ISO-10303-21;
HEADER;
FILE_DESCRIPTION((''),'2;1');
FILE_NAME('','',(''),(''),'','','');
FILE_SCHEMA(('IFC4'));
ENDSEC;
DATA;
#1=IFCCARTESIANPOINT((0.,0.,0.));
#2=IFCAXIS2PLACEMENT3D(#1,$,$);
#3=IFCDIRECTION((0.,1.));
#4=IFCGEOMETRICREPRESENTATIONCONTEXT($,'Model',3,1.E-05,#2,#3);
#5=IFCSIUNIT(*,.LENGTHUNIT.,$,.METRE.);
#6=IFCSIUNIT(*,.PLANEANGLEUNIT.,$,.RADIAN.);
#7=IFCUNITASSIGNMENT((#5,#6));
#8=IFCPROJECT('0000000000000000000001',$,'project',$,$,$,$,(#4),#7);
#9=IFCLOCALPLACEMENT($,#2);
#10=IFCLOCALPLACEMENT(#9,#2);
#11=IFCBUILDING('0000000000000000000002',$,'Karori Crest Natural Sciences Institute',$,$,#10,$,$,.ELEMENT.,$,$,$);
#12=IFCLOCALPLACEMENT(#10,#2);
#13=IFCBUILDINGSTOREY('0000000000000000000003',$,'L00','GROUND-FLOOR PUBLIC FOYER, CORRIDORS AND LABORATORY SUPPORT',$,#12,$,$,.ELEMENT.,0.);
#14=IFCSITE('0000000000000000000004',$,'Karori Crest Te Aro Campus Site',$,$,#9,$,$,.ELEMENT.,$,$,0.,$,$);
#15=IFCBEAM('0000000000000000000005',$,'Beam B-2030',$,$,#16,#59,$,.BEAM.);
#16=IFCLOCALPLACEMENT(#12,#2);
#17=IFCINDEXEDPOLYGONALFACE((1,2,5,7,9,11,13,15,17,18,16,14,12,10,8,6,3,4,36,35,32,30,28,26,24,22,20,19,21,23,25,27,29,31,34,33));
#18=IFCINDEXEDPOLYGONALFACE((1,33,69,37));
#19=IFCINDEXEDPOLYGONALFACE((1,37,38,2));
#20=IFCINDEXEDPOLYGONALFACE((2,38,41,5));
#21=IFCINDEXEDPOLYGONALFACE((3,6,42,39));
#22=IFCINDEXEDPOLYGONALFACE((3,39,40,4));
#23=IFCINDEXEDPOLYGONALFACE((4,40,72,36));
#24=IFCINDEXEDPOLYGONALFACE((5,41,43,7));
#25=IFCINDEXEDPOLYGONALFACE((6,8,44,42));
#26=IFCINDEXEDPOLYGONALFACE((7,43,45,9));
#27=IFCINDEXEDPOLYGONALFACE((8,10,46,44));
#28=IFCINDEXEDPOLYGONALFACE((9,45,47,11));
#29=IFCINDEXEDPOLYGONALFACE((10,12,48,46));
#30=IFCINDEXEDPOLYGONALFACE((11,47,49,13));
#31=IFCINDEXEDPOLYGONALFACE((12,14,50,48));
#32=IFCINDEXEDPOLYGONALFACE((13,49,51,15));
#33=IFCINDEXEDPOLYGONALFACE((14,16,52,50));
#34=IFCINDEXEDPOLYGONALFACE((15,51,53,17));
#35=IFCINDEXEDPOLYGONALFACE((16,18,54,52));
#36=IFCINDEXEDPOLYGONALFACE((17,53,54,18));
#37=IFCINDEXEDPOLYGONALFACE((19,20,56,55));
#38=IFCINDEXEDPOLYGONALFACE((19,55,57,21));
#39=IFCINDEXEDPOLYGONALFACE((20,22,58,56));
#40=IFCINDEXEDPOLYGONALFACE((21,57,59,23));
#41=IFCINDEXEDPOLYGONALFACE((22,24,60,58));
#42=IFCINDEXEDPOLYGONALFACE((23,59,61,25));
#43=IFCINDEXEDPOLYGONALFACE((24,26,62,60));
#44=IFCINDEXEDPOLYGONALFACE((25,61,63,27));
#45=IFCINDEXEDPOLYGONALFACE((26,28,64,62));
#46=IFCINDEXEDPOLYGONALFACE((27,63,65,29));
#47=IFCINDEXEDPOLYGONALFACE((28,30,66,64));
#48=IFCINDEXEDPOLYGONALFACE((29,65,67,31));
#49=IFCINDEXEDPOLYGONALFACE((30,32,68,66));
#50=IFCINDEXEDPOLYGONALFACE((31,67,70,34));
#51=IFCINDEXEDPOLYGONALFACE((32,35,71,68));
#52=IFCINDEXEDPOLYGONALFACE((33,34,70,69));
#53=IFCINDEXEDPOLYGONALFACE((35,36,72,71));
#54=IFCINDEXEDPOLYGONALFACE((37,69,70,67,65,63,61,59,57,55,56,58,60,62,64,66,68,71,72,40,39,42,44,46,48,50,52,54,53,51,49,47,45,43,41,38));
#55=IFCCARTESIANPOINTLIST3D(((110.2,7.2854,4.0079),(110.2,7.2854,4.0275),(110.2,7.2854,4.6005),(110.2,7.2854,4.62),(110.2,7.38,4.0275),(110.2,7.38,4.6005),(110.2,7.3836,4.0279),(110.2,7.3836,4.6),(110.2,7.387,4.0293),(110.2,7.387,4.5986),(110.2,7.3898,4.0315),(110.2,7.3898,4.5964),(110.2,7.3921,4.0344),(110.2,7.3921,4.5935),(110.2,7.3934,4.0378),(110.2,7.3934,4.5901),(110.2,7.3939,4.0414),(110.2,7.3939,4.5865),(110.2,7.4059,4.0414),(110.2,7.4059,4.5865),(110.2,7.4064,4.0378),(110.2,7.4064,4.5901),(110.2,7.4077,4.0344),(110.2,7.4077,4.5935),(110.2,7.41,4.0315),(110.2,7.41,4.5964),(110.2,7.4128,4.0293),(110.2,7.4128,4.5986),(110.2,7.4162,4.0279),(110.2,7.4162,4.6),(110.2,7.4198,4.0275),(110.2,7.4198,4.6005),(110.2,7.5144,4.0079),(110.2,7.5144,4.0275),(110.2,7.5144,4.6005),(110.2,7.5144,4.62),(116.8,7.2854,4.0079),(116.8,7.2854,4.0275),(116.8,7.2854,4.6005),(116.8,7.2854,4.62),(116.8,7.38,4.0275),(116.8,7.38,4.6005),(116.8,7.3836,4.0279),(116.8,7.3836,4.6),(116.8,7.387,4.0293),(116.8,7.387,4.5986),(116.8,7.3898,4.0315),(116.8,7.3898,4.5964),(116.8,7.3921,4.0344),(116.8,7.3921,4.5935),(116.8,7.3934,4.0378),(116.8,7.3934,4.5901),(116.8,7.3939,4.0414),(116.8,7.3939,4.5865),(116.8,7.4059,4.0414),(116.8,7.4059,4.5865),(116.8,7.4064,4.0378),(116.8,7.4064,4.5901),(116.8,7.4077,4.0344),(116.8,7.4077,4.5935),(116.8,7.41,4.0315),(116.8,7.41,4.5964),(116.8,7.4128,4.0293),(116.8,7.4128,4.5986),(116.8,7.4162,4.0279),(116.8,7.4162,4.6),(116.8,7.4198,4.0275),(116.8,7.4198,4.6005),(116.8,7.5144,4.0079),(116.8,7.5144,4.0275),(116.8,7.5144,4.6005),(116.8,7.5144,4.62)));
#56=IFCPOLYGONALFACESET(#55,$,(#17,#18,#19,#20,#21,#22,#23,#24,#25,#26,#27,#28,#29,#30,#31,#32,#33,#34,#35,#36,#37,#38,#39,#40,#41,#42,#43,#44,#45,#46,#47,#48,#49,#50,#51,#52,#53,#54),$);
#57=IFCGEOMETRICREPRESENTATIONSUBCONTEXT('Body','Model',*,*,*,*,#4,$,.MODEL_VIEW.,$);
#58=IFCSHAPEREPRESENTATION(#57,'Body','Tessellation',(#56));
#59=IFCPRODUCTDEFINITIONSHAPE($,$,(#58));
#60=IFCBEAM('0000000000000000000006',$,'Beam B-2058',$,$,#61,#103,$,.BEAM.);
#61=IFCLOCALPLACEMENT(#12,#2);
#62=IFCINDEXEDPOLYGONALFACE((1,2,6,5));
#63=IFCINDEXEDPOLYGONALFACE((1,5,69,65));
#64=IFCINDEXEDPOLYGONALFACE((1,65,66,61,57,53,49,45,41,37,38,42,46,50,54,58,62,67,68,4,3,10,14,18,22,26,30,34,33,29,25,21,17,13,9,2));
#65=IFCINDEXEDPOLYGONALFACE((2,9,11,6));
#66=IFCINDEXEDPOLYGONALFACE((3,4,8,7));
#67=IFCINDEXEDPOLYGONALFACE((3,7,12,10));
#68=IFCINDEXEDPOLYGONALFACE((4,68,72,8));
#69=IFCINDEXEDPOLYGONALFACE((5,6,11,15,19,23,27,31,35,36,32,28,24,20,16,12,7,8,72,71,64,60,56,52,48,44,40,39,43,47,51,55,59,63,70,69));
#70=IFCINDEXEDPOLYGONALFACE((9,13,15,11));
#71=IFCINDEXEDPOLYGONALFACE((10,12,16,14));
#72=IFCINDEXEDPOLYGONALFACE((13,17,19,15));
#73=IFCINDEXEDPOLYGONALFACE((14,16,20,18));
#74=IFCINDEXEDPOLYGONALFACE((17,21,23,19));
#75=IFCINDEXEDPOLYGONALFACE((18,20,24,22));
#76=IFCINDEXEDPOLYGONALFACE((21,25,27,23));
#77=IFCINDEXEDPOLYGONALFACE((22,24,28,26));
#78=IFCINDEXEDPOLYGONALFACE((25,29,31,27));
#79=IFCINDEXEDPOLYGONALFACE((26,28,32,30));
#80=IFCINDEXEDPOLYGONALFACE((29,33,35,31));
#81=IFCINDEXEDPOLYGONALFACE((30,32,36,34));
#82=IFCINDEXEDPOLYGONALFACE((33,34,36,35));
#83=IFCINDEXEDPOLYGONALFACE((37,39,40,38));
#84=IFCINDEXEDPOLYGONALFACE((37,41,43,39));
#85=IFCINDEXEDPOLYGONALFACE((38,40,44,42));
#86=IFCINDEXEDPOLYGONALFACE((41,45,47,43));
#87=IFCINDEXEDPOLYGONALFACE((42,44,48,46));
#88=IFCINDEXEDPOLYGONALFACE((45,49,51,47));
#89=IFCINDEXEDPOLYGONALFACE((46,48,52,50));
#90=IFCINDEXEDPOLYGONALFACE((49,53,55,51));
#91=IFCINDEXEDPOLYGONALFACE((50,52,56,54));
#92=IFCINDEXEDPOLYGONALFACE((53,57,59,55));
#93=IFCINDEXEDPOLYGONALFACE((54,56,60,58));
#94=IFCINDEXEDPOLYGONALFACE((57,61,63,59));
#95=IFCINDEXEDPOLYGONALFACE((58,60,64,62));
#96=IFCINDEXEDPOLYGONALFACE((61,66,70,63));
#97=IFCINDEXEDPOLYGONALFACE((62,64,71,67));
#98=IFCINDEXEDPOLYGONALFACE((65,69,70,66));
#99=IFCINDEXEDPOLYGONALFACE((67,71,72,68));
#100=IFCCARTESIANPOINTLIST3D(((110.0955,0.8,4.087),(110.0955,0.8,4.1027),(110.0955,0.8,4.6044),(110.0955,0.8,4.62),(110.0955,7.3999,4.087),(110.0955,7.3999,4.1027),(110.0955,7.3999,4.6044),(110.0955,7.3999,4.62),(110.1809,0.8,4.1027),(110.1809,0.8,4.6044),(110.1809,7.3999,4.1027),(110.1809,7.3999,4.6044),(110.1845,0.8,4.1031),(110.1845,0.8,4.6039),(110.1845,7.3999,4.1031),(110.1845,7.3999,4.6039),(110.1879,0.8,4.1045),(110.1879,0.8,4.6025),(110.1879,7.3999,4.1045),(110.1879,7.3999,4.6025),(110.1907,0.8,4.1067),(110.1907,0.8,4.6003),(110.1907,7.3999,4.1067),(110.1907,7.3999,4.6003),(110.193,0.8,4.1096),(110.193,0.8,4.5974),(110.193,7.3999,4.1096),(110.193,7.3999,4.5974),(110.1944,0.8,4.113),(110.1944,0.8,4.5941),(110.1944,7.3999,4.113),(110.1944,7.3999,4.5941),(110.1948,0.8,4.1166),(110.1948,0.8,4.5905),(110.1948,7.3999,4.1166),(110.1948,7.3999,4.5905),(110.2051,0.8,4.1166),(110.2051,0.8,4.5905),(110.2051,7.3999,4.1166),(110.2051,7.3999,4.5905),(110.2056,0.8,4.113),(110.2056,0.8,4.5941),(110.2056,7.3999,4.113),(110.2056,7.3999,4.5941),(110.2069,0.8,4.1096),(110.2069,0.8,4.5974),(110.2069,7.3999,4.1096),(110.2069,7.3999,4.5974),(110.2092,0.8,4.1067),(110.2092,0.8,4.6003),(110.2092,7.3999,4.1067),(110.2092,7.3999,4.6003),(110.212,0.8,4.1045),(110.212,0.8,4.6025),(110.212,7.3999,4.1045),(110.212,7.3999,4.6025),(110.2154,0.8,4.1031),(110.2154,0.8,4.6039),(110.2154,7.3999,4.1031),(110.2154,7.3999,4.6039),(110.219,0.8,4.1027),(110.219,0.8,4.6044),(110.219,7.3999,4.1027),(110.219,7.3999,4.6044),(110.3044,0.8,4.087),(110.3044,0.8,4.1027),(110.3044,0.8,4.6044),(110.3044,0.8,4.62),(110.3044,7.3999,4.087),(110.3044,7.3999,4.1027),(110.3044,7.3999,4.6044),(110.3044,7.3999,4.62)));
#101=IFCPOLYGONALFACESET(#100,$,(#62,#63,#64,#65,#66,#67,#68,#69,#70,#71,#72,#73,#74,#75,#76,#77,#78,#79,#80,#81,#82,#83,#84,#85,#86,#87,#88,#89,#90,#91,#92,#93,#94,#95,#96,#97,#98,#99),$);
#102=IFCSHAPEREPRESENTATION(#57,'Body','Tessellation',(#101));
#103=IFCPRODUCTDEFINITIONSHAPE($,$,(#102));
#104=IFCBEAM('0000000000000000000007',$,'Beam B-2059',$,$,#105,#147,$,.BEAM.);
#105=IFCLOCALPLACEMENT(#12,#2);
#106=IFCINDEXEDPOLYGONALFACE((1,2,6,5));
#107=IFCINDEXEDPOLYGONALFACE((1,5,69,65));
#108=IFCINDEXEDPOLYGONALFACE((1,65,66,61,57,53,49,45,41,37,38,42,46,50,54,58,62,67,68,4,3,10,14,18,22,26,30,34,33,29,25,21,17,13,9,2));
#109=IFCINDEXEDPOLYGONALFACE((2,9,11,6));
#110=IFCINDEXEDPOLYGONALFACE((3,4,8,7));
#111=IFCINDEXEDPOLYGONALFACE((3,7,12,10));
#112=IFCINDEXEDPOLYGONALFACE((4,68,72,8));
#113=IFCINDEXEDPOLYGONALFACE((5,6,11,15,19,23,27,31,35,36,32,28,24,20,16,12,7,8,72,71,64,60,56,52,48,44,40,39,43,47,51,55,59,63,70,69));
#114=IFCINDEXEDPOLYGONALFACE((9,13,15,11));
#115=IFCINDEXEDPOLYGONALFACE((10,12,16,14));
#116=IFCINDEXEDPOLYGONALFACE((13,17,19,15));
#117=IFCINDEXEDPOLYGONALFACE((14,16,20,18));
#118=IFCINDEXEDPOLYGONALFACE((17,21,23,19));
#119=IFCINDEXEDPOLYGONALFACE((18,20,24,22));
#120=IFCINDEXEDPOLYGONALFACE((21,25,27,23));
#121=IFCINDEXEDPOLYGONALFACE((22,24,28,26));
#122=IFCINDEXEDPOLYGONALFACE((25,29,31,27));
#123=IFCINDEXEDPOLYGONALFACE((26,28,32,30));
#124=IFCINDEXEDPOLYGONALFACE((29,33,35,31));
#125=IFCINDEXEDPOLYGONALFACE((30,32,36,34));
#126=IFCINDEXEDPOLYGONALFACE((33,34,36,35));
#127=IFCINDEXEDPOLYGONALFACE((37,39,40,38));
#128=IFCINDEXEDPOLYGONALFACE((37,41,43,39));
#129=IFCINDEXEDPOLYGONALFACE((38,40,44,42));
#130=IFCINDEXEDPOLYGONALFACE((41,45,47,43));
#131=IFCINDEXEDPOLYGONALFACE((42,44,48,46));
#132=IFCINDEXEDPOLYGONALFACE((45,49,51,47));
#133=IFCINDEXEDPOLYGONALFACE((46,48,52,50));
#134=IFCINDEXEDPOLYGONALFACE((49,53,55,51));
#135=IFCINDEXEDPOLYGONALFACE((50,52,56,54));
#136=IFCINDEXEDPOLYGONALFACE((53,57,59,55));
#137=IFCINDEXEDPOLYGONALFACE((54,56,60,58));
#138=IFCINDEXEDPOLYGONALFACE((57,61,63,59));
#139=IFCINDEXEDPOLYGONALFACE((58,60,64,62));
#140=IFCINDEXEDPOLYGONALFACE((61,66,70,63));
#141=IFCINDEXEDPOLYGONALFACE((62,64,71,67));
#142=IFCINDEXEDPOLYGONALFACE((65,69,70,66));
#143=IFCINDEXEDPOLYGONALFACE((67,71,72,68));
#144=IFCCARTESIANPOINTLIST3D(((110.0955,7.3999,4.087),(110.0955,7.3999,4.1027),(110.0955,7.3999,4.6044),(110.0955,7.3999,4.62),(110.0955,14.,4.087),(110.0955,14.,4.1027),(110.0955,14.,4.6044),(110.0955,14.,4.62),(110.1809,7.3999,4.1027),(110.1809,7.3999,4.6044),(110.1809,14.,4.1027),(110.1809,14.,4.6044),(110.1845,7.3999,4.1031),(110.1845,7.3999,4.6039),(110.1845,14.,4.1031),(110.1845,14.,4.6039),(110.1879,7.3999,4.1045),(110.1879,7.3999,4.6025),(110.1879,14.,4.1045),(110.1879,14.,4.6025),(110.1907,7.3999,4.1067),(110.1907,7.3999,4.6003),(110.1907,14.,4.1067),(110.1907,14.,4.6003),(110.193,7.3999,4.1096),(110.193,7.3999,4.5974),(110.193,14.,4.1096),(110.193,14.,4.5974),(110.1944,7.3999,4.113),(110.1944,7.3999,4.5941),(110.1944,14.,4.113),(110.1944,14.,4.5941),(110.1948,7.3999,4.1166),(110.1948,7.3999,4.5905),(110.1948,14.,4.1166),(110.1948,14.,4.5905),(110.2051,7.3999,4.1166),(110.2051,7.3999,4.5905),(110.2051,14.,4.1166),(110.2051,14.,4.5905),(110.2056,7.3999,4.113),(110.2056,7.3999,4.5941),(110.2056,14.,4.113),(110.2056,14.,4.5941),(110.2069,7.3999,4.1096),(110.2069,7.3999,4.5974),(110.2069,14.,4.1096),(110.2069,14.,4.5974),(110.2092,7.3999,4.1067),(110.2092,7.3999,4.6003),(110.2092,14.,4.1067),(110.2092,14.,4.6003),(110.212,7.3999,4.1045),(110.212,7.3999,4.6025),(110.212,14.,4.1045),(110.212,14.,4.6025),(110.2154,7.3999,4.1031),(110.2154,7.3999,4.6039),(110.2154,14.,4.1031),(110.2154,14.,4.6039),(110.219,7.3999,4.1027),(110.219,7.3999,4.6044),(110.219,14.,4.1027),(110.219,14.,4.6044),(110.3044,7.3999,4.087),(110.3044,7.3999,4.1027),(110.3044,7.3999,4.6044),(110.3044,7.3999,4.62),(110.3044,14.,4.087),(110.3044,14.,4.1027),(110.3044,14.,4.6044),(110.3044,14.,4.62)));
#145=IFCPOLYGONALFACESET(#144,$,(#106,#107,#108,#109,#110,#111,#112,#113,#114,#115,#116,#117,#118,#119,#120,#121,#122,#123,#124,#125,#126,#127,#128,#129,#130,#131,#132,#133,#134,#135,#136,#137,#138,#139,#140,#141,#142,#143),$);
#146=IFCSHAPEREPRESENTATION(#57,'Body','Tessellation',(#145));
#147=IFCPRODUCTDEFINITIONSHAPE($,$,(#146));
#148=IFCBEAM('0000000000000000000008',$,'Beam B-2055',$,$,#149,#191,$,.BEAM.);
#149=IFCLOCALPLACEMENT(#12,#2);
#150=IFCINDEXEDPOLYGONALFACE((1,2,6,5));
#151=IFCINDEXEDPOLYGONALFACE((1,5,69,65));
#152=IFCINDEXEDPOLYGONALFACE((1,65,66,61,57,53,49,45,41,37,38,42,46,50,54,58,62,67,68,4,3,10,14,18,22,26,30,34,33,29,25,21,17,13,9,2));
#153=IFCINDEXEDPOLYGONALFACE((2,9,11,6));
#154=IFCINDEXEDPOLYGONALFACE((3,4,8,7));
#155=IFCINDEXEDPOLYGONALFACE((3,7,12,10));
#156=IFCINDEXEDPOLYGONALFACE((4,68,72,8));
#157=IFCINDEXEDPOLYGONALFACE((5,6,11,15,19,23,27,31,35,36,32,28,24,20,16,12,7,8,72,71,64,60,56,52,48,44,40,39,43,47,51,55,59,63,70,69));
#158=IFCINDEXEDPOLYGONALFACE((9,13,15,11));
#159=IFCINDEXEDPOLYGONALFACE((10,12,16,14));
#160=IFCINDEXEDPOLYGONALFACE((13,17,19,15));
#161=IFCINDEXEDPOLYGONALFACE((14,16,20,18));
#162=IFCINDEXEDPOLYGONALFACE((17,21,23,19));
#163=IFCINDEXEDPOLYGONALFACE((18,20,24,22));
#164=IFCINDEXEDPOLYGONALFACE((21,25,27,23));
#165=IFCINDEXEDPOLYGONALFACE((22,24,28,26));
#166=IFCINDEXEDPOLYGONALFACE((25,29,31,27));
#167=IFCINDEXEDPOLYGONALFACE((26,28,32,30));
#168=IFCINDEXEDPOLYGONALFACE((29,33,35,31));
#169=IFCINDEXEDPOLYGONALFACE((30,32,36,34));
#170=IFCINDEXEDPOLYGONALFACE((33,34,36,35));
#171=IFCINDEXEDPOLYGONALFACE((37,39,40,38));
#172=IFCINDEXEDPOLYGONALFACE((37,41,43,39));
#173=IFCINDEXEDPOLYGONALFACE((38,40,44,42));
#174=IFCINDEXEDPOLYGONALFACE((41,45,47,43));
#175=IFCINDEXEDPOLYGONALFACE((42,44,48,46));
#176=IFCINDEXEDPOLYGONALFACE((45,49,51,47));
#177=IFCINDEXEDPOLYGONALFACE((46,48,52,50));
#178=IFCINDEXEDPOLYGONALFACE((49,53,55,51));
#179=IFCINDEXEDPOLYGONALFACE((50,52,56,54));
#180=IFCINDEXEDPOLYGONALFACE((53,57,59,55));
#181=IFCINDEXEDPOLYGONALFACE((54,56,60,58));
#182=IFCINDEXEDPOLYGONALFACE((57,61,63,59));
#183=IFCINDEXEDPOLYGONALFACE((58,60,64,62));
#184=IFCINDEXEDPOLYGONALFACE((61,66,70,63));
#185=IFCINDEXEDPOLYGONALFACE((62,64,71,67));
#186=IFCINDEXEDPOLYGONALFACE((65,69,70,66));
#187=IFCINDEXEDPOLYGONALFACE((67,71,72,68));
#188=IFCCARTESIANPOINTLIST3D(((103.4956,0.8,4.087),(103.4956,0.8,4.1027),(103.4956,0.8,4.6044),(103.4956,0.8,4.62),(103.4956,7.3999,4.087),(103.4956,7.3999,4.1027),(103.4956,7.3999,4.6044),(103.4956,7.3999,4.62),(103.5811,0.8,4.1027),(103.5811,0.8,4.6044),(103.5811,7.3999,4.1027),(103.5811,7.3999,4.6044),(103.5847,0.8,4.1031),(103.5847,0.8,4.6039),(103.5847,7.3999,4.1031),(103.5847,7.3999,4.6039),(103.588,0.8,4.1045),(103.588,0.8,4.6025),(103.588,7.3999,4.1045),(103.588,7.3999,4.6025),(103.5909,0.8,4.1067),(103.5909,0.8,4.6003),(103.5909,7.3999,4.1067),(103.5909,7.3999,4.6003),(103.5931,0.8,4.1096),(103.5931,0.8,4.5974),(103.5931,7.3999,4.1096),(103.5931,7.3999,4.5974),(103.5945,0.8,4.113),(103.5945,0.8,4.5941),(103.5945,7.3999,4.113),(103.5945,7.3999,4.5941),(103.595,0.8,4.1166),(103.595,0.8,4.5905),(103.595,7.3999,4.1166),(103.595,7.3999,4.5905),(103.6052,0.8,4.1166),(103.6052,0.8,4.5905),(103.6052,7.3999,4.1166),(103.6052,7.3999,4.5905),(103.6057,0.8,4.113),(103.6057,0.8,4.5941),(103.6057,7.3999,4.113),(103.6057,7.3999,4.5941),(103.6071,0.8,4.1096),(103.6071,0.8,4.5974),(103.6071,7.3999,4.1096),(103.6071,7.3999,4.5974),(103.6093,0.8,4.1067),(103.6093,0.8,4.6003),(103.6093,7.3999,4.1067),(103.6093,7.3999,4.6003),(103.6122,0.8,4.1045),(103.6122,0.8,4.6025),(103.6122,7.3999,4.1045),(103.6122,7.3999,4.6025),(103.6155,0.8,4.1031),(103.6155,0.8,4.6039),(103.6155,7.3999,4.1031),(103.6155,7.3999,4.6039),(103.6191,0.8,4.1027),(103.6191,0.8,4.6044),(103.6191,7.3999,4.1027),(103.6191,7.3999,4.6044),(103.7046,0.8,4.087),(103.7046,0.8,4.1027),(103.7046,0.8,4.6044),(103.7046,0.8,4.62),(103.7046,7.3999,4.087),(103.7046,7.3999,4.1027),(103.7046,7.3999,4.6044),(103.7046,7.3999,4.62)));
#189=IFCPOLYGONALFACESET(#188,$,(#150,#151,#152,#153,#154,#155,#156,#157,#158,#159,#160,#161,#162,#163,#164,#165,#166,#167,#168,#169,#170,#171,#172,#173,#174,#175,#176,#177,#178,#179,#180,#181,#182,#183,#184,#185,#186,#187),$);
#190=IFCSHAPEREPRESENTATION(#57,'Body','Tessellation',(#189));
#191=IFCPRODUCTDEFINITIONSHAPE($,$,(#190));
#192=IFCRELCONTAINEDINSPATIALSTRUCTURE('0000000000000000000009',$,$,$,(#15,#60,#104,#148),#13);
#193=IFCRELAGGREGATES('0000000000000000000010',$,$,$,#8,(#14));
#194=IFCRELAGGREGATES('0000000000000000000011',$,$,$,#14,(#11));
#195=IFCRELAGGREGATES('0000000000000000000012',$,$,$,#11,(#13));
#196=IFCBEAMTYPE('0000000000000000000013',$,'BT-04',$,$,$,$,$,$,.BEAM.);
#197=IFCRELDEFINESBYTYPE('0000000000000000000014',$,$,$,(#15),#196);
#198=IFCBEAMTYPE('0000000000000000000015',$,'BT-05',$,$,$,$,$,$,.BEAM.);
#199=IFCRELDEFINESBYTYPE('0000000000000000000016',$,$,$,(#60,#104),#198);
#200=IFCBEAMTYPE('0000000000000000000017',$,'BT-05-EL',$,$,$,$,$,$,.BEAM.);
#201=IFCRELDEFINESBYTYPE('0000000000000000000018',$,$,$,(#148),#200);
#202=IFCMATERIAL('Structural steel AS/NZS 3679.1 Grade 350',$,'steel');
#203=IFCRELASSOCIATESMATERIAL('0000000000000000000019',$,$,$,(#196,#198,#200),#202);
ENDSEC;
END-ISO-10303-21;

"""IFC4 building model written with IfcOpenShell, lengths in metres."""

from ifc_helpers import new_model, si_unit, direction, frame, origin, origin_2d, place, context, subcontext, project, spatial, i_section, extrude, material, material_profile, profile_set, type_object, element, save


model = new_model("IFC4")

# Units and contexts
model_context = context("Model", 3, precision=1e-05, world=origin(), true_north=direction((0.0, 1.0)))
body_context = subcontext(model_context, "Body", "Model", "MODEL_VIEW")
ifc_project = project(units=[si_unit("LENGTHUNIT", "METRE"), si_unit("PLANEANGLEUNIT", "RADIAN")], contexts=[model_context])

# Site, building, storey
site_placement = place(None, origin())
site = spatial("IfcSite", under=ifc_project, at=site_placement, Name="Karori Crest Te Aro Campus Site", CompositionType="ELEMENT", RefElevation=0.0)
building_placement = place(site_placement, origin())
building = spatial("IfcBuilding", under=site, at=building_placement, Name="Karori Crest Natural Sciences Institute", CompositionType="ELEMENT")
storey_placement = place(building_placement, origin())
storey = spatial("IfcBuildingStorey", under=building, at=storey_placement, Name="L00", Description="GROUND-FLOOR PUBLIC FOYER, CORRIDORS AND LABORATORY SUPPORT", CompositionType="ELEMENT", Elevation=0.0)

# Shared definitions
ifc_material_1 = material(Name="Structural steel AS/NZS 3679.1 Grade 350", Category="steel")

# Beams
ifc_material_profile_1 = material_profile(ifc_material_1, i_section(OverallWidth=0.229, OverallDepth=0.6121, WebThickness=0.012, FlangeThickness=0.0195, FilletRadius=0.0139, at=origin_2d()), Name="610UB125")
ifc_profile_set_1 = profile_set([ifc_material_profile_1], Name="Structural steel AS/NZS 3679.1 Grade 350")
beam_type_1 = type_object("IfcBeamType", Name="BT-04", PredefinedType="BEAM", material=ifc_profile_set_1)
beam_1_placement = place(storey_placement, frame((110.2, 7.3999, 4.314), z_axis=(1.0, 0.0, 0.0), x_axis=(0.0, 1.0, 0.0)))
element("IfcBeam", 1, at=beam_1_placement, inside=storey, type_object=beam_type_1, Name="Beam B-2030", PredefinedType="BEAM", context=body_context, shape_type="SweptSolid", body=[
    extrude(i_section(OverallWidth=0.229, OverallDepth=0.6121, WebThickness=0.012, FlangeThickness=0.0195, FilletRadius=0.0139, at=origin_2d()), origin(), (0.0, 0.0, 1.0), 6.6001),
])
ifc_material_profile_2 = material_profile(ifc_material_1, i_section(OverallWidth=0.209, OverallDepth=0.533, WebThickness=0.0103, FlangeThickness=0.0156, FilletRadius=0.0139, at=origin_2d()), Name="530UB92.4")
ifc_profile_set_2 = profile_set([ifc_material_profile_2], Name="Structural steel AS/NZS 3679.1 Grade 350")
beam_type_2 = type_object("IfcBeamType", Name="BT-05", PredefinedType="BEAM", material=ifc_profile_set_2)
beam_2_placement = place(storey_placement, frame((110.2, 0.8, 4.3535), z_axis=(0.0, 1.0, 0.0), x_axis=(-1.0, 0.0, 0.0)))
element("IfcBeam", 2, at=beam_2_placement, inside=storey, type_object=beam_type_2, Name="Beam B-2058", PredefinedType="BEAM", context=body_context, shape_type="SweptSolid", body=[
    extrude(i_section(OverallWidth=0.209, OverallDepth=0.533, WebThickness=0.0103, FlangeThickness=0.0156, FilletRadius=0.0139, at=origin_2d()), origin(), (0.0, 0.0, 1.0), 6.5999),
])
beam_3_placement = place(storey_placement, frame((110.2, 7.3999, 4.3535), z_axis=(0.0, 1.0, 0.0), x_axis=(-1.0, 0.0, 0.0)))
element("IfcBeam", 3, at=beam_3_placement, inside=storey, type_object=beam_type_2, Name="Beam B-2059", PredefinedType="BEAM", context=body_context, shape_type="SweptSolid", body=[
    extrude(i_section(OverallWidth=0.209, OverallDepth=0.533, WebThickness=0.0103, FlangeThickness=0.0156, FilletRadius=0.0139, at=origin_2d()), origin(), (0.0, 0.0, 1.0), 6.6001),
])
ifc_material_profile_3 = material_profile(ifc_material_1, i_section(OverallWidth=0.209, OverallDepth=0.533, WebThickness=0.0103, FlangeThickness=0.0156, FilletRadius=0.0139, at=origin_2d()), Name="530UB92.4")
ifc_profile_set_3 = profile_set([ifc_material_profile_3], Name="Structural steel AS/NZS 3679.1 Grade 350")
beam_type_3 = type_object("IfcBeamType", Name="BT-05-EL", PredefinedType="BEAM", material=ifc_profile_set_3)
beam_4_placement = place(storey_placement, frame((103.6001, 0.8, 4.3535), z_axis=(0.0, 1.0, 0.0), x_axis=(-1.0, 0.0, 0.0)))
element("IfcBeam", 4, at=beam_4_placement, inside=storey, type_object=beam_type_3, Name="Beam B-2055", PredefinedType="BEAM", context=body_context, shape_type="SweptSolid", body=[
    extrude(i_section(OverallWidth=0.209, OverallDepth=0.533, WebThickness=0.0103, FlangeThickness=0.0156, FilletRadius=0.0139, at=origin_2d()), origin(), (0.0, 0.0, 1.0), 6.5999),
])

save(model, "model.ifc")
